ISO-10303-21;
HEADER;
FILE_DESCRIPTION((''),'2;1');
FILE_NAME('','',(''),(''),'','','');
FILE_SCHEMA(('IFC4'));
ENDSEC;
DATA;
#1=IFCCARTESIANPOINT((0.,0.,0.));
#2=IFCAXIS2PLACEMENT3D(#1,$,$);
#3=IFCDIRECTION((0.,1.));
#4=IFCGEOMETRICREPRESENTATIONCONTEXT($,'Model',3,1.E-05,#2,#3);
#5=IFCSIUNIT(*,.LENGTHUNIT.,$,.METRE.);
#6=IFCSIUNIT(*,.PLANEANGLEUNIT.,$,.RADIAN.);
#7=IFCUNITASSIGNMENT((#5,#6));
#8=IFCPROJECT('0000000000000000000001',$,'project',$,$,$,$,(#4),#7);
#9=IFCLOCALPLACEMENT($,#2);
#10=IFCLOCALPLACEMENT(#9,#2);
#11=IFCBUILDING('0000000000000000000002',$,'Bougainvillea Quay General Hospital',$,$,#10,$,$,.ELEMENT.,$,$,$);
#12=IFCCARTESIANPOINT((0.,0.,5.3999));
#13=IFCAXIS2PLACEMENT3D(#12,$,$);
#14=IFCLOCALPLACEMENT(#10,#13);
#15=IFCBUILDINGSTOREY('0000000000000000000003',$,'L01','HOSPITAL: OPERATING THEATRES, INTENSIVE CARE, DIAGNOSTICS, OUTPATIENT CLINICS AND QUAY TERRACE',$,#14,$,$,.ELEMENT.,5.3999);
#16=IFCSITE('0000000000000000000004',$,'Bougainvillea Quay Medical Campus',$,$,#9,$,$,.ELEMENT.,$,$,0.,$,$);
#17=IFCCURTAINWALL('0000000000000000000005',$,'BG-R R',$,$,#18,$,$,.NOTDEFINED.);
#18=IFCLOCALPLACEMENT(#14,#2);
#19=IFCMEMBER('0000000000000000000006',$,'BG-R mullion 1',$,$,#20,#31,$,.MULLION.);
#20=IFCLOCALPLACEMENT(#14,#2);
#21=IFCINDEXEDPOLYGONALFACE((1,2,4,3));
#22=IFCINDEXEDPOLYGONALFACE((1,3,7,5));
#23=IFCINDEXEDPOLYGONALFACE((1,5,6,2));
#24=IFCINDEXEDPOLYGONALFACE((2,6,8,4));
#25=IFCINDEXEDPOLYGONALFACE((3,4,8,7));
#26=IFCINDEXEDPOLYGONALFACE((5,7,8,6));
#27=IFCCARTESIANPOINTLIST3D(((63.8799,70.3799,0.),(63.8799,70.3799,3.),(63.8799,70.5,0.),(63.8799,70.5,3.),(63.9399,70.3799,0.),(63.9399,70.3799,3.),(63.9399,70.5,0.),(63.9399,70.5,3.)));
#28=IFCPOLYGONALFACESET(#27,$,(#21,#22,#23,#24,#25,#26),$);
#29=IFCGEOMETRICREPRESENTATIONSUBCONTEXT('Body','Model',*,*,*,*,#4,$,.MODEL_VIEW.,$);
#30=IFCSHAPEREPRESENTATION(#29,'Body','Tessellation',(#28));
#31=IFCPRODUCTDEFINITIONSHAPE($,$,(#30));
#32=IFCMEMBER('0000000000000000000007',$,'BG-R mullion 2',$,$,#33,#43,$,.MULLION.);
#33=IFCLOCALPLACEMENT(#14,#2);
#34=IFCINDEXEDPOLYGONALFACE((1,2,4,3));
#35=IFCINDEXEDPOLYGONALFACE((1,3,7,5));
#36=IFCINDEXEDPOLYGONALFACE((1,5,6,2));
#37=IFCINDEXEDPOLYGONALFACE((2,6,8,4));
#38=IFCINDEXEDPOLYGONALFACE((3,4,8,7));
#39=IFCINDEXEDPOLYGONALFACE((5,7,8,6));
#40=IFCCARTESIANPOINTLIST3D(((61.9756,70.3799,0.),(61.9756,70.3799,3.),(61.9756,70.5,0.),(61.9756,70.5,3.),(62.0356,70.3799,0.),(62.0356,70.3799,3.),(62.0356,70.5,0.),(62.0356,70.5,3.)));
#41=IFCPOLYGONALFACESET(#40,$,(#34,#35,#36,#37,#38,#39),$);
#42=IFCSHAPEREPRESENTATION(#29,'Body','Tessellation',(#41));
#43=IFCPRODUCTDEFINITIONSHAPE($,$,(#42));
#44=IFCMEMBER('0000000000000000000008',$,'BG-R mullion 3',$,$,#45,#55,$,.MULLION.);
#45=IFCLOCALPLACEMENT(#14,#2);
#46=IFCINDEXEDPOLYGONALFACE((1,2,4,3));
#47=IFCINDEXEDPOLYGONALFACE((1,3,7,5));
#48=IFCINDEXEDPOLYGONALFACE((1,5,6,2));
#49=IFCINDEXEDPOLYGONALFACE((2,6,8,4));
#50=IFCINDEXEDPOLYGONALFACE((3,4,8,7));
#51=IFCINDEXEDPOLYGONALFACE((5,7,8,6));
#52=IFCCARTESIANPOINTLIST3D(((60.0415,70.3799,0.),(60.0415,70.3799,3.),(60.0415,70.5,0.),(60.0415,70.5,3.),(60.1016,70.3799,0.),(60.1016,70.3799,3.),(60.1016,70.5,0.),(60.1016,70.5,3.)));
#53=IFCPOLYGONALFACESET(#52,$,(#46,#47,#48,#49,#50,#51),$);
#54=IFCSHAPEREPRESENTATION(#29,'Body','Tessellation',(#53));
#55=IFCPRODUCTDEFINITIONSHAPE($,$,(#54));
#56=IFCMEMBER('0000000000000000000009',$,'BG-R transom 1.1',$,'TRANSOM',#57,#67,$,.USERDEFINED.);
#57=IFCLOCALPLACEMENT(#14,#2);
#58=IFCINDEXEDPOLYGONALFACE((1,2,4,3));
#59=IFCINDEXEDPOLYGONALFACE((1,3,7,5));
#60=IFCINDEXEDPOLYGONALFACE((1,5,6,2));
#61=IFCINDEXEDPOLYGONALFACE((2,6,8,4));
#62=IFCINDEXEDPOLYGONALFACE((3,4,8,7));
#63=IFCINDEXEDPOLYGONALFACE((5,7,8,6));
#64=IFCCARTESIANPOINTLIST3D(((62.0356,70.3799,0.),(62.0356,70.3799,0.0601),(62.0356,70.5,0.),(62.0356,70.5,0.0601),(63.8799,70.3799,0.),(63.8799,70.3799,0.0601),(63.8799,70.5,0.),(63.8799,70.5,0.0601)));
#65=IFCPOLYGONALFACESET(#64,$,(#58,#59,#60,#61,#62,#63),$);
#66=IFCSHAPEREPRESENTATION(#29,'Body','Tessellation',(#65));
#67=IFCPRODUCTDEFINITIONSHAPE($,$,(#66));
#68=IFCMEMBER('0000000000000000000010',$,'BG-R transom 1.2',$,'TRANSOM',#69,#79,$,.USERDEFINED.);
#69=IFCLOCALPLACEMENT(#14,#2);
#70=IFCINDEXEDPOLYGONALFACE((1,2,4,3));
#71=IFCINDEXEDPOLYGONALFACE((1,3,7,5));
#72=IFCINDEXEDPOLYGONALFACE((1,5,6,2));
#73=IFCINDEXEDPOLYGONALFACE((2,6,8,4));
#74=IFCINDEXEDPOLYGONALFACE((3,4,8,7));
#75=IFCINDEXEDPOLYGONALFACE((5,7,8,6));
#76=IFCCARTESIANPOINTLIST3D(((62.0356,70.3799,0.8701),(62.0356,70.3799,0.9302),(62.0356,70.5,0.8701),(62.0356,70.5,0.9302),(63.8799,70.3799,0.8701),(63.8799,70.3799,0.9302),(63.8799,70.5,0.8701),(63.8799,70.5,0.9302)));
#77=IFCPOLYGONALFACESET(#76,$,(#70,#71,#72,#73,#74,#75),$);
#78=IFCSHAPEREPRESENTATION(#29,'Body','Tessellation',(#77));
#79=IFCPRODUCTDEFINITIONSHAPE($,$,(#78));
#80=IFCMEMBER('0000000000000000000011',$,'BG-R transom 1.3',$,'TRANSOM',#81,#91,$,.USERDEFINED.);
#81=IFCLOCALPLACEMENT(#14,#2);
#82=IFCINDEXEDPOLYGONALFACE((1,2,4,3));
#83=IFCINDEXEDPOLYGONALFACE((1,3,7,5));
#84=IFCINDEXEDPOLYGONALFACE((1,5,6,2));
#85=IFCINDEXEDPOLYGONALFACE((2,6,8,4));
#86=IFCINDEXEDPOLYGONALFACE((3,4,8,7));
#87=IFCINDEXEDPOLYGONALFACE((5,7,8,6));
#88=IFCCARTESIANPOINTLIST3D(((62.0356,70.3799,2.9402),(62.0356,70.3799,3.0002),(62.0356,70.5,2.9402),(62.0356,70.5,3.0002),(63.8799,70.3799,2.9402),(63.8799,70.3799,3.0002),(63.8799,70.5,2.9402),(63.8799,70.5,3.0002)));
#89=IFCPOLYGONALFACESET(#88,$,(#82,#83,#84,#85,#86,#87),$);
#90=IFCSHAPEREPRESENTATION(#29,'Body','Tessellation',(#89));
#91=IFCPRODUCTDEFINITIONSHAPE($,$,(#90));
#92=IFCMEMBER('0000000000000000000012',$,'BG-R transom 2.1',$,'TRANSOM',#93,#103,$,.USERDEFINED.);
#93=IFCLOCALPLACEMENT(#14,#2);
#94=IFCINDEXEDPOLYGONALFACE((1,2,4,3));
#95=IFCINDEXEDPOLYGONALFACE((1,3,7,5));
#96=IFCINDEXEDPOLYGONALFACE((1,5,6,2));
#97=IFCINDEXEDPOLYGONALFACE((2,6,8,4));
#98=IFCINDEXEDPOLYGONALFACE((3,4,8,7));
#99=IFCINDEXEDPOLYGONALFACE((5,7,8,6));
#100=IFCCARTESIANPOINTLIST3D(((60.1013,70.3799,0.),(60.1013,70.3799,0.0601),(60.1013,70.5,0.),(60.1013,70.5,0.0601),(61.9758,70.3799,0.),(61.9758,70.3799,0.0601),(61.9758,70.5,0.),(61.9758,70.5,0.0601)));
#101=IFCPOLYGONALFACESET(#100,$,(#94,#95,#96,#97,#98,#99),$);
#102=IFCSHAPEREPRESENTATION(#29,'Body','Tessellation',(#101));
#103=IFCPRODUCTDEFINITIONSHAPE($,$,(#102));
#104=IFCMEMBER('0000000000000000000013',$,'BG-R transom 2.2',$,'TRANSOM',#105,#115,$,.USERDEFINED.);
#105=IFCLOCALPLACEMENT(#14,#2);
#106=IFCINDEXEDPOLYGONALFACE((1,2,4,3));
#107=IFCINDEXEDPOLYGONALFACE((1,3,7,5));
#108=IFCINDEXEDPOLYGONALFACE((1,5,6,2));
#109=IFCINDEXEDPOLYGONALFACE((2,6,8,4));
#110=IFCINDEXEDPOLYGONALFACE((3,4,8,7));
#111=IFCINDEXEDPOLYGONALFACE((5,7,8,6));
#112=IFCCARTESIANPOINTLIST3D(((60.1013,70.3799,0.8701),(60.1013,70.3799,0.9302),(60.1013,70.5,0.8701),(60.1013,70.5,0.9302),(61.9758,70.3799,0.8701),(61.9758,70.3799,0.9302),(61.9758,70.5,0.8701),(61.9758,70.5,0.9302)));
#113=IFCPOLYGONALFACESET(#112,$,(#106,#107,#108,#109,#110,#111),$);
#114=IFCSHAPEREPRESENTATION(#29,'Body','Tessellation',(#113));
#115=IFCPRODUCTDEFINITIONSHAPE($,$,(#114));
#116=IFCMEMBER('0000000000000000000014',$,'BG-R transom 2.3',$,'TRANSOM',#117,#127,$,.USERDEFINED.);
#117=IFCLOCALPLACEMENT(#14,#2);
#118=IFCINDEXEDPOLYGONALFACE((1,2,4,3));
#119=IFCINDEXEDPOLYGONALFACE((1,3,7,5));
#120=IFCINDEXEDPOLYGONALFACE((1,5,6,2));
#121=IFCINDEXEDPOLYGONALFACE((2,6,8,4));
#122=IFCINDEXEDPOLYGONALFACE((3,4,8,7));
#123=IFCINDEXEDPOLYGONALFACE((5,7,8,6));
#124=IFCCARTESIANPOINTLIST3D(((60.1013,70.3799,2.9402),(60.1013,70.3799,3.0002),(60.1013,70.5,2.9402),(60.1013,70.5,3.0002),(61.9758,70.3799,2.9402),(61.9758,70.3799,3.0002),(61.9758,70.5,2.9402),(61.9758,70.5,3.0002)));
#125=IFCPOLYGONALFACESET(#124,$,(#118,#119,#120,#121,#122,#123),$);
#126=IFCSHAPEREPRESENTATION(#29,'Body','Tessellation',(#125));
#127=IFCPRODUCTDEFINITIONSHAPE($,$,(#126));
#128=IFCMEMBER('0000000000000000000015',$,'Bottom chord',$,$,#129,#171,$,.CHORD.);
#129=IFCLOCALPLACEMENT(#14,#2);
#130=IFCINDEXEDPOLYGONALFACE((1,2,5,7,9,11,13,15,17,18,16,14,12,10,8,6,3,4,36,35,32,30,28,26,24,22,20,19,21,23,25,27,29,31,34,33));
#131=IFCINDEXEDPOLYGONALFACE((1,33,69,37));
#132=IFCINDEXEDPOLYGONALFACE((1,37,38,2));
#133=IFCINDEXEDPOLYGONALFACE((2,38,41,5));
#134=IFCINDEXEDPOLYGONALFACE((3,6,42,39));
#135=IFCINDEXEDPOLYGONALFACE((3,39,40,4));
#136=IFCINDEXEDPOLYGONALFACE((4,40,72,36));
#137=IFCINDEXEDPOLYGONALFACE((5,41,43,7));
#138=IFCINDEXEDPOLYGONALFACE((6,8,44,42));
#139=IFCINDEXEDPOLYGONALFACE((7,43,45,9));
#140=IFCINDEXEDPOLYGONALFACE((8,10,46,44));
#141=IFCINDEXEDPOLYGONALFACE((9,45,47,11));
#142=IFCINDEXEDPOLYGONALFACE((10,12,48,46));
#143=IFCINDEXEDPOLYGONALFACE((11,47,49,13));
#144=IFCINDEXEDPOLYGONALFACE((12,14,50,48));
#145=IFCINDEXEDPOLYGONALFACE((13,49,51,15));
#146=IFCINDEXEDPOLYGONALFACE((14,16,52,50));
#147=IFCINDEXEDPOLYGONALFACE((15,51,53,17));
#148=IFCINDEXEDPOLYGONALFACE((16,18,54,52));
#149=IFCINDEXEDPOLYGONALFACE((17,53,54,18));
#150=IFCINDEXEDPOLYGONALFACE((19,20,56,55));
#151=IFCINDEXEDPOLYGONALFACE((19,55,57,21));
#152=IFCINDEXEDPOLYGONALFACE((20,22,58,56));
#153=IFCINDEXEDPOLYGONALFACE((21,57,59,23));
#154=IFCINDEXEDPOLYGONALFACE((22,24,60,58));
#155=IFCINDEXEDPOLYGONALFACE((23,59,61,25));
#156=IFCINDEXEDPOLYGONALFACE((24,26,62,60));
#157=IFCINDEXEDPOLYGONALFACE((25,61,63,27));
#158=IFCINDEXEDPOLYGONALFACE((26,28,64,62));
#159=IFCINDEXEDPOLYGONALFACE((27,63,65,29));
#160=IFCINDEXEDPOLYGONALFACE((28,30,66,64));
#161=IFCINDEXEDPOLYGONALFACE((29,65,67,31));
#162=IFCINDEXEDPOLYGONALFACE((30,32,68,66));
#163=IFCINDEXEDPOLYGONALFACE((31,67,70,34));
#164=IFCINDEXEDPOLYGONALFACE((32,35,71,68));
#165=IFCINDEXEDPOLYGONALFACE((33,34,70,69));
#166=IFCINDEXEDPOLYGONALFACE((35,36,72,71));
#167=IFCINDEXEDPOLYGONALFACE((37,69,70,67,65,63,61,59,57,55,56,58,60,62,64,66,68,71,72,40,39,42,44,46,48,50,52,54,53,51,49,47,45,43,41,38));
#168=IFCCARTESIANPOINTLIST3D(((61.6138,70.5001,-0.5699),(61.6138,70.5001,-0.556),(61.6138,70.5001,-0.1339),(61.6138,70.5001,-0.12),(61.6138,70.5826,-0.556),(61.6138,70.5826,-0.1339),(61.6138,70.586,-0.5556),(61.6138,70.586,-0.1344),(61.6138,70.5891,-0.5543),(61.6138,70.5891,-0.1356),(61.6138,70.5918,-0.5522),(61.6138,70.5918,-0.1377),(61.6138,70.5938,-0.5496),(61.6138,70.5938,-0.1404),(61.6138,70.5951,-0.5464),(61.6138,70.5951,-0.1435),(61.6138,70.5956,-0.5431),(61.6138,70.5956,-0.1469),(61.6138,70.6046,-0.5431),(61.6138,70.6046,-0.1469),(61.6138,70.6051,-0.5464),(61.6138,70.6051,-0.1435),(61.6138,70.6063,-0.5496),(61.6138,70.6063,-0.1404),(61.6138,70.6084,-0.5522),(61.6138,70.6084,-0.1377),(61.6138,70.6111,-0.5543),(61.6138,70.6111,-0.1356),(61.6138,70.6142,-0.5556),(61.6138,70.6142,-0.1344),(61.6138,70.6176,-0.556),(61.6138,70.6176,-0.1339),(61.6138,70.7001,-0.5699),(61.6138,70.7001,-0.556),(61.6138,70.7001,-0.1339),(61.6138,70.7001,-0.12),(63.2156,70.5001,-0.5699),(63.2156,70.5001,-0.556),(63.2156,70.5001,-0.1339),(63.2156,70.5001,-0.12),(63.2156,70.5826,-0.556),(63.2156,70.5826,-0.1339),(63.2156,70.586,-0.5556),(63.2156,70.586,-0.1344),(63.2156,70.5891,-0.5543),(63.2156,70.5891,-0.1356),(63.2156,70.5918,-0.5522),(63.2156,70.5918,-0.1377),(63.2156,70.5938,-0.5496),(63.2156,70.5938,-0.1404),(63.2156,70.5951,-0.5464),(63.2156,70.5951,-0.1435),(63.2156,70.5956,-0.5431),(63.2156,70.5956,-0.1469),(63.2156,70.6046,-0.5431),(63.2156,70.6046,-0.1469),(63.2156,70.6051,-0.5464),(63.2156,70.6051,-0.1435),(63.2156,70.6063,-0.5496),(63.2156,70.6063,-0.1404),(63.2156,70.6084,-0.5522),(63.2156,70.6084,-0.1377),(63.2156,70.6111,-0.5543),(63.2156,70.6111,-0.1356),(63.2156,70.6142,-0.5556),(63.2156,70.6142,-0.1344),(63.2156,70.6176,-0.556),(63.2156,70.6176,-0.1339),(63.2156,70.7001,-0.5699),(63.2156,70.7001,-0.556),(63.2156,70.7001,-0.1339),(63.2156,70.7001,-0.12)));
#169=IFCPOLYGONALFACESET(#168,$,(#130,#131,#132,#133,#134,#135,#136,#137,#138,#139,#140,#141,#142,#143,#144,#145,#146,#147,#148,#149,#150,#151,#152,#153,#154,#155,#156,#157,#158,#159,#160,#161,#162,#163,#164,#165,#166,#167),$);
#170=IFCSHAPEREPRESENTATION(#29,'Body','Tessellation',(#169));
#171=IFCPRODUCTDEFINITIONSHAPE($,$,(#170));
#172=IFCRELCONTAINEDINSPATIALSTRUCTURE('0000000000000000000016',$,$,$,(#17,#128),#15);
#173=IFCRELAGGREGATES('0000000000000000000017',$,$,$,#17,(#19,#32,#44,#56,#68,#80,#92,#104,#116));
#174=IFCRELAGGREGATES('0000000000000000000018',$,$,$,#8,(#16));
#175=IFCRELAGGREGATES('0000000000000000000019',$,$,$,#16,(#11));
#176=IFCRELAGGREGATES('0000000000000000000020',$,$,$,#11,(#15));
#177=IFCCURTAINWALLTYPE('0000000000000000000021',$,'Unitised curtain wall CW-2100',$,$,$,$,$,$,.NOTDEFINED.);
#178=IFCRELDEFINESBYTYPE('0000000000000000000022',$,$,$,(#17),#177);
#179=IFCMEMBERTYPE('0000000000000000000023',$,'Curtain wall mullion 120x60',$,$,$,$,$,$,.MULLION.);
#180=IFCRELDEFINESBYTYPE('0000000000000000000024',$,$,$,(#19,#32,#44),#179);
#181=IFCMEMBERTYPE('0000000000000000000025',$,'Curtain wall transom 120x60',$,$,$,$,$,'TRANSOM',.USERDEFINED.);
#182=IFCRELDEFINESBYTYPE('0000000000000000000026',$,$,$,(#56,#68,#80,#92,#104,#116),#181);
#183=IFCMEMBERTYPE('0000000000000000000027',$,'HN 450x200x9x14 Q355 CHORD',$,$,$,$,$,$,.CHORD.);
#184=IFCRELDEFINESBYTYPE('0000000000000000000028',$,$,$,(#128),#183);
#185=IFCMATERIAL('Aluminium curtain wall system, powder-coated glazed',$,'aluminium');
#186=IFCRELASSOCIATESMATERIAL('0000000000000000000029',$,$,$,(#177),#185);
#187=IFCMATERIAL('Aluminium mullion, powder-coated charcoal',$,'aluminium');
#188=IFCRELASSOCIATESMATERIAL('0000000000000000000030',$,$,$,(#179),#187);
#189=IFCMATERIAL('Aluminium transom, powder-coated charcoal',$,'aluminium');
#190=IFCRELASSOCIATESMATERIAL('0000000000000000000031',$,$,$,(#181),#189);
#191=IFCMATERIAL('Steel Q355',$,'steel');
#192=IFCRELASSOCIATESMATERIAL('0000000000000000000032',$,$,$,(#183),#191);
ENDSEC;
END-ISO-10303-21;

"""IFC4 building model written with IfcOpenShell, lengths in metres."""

from ifc_helpers import new_model, si_unit, direction, frame, origin, origin_2d, place, context, subcontext, project, spatial, rectangle, i_section, extrude, material, material_profile, profile_set, type_object, element, aggregate, save


model = new_model("IFC4")

# Units and contexts
model_context = context("Model", 3, precision=1e-05, world=origin(), true_north=direction((0.0, 1.0)))
body_context = subcontext(model_context, "Body", "Model", "MODEL_VIEW")
ifc_project = project(units=[si_unit("LENGTHUNIT", "METRE"), si_unit("PLANEANGLEUNIT", "RADIAN")], contexts=[model_context])

# Site, building, storey
site_placement = place(None, origin())
site = spatial("IfcSite", under=ifc_project, at=site_placement, Name="Bougainvillea Quay Medical Campus", CompositionType="ELEMENT", RefElevation=0.0)
building_placement = place(site_placement, origin())
building = spatial("IfcBuilding", under=site, at=building_placement, Name="Bougainvillea Quay General Hospital", CompositionType="ELEMENT")
storey_placement = place(building_placement, frame((0.0, 0.0, 5.3999)))
storey = spatial("IfcBuildingStorey", under=building, at=storey_placement, Name="L01", Description="HOSPITAL: OPERATING THEATRES, INTENSIVE CARE, DIAGNOSTICS, OUTPATIENT CLINICS AND QUAY TERRACE", CompositionType="ELEMENT", Elevation=5.3999)

# Curtain wall, members
ifc_material_1 = material(Name="Aluminium curtain wall system, powder-coated glazed", Category="aluminium")
curtain_wall_type = type_object("IfcCurtainWallType", Name="Unitised curtain wall CW-2100", PredefinedType="NOTDEFINED", material=ifc_material_1)
curtain_wall_placement = place(storey_placement, origin())
curtain_wall = element("IfcCurtainWall", 1, at=curtain_wall_placement, inside=storey, type_object=curtain_wall_type, Name="BG-R R", PredefinedType="NOTDEFINED")
ifc_material_2 = material(Name="Aluminium mullion, powder-coated charcoal", Category="aluminium")
ifc_material_profile_1 = material_profile(ifc_material_2, rectangle(XDim=0.1201, YDim=0.0601, at=origin_2d()))
ifc_profile_set_1 = profile_set([ifc_material_profile_1], Name="Aluminium mullion, powder-coated charcoal")
member_type_1 = type_object("IfcMemberType", Name="Curtain wall mullion 120x60", PredefinedType="MULLION", material=ifc_profile_set_1)
member_1_placement = place(storey_placement, frame((63.9099, 70.4399, 0.0), z_axis=(0.0, 0.0, 1.0), x_axis=(0.0, -1.0, 0.0)))
member_1 = element("IfcMember", 2, at=member_1_placement, type_object=member_type_1, Name="BG-R mullion 1", PredefinedType="MULLION", context=body_context, shape_type="SweptSolid", body=[
    extrude(rectangle(XDim=0.1201, YDim=0.0601, at=origin_2d()), origin(), (0.0, 0.0, 1.0), 3.0),
])
member_2_placement = place(storey_placement, frame((62.0056, 70.4399, 0.0), z_axis=(0.0, 0.0, 1.0), x_axis=(0.0, -1.0, 0.0)))
member_2 = element("IfcMember", 3, at=member_2_placement, type_object=member_type_1, Name="BG-R mullion 2", PredefinedType="MULLION", context=body_context, shape_type="SweptSolid", body=[
    extrude(rectangle(XDim=0.1201, YDim=0.0601, at=origin_2d()), origin(), (0.0, 0.0, 1.0), 3.0),
])
member_3_placement = place(storey_placement, frame((60.0715, 70.4399, 0.0), z_axis=(0.0, 0.0, 1.0), x_axis=(0.0, -1.0, 0.0)))
member_3 = element("IfcMember", 4, at=member_3_placement, type_object=member_type_1, Name="BG-R mullion 3", PredefinedType="MULLION", context=body_context, shape_type="SweptSolid", body=[
    extrude(rectangle(XDim=0.1201, YDim=0.0601, at=origin_2d()), origin(), (0.0, 0.0, 1.0), 3.0),
])
ifc_material_3 = material(Name="Aluminium transom, powder-coated charcoal", Category="aluminium")
ifc_material_profile_2 = material_profile(ifc_material_3, rectangle(XDim=0.1201, YDim=0.0601, at=origin_2d()))
ifc_profile_set_2 = profile_set([ifc_material_profile_2], Name="Aluminium transom, powder-coated charcoal")
member_type_2 = type_object("IfcMemberType", Name="Curtain wall transom 120x60", ElementType="TRANSOM", PredefinedType="USERDEFINED", material=ifc_profile_set_2)
member_4_placement = place(storey_placement, frame((63.8799, 70.4399, 0.03), z_axis=(-1.0, 0.0, 0.0), x_axis=(0.0, -1.0, 0.0)))
member_4 = element("IfcMember", 5, at=member_4_placement, type_object=member_type_2, Name="BG-R transom 1.1", ObjectType="TRANSOM", PredefinedType="USERDEFINED", context=body_context, shape_type="SweptSolid", body=[
    extrude(rectangle(XDim=0.1201, YDim=0.0601, at=origin_2d()), origin(), (0.0, 0.0, 1.0), 1.8442),
])
member_5_placement = place(storey_placement, frame((63.8799, 70.4399, 0.9001), z_axis=(-1.0, 0.0, 0.0), x_axis=(0.0, -1.0, 0.0)))
member_5 = element("IfcMember", 6, at=member_5_placement, type_object=member_type_2, Name="BG-R transom 1.2", ObjectType="TRANSOM", PredefinedType="USERDEFINED", context=body_context, shape_type="SweptSolid", body=[
    extrude(rectangle(XDim=0.1201, YDim=0.0601, at=origin_2d()), origin(), (0.0, 0.0, 1.0), 1.8442),
])
member_6_placement = place(storey_placement, frame((63.8799, 70.4399, 2.9702), z_axis=(-1.0, 0.0, 0.0), x_axis=(0.0, -1.0, 0.0)))
member_6 = element("IfcMember", 7, at=member_6_placement, type_object=member_type_2, Name="BG-R transom 1.3", ObjectType="TRANSOM", PredefinedType="USERDEFINED", context=body_context, shape_type="SweptSolid", body=[
    extrude(rectangle(XDim=0.1201, YDim=0.0601, at=origin_2d()), origin(), (0.0, 0.0, 1.0), 1.8442),
])
member_7_placement = place(storey_placement, frame((61.9758, 70.4399, 0.03), z_axis=(-1.0, 0.0, 0.0), x_axis=(0.0, -1.0, 0.0)))
member_7 = element("IfcMember", 8, at=member_7_placement, type_object=member_type_2, Name="BG-R transom 2.1", ObjectType="TRANSOM", PredefinedType="USERDEFINED", context=body_context, shape_type="SweptSolid", body=[
    extrude(rectangle(XDim=0.1201, YDim=0.0601, at=origin_2d()), origin(), (0.0, 0.0, 1.0), 1.8745),
])
member_8_placement = place(storey_placement, frame((61.9758, 70.4399, 0.9001), z_axis=(-1.0, 0.0, 0.0), x_axis=(0.0, -1.0, 0.0)))
member_8 = element("IfcMember", 9, at=member_8_placement, type_object=member_type_2, Name="BG-R transom 2.2", ObjectType="TRANSOM", PredefinedType="USERDEFINED", context=body_context, shape_type="SweptSolid", body=[
    extrude(rectangle(XDim=0.1201, YDim=0.0601, at=origin_2d()), origin(), (0.0, 0.0, 1.0), 1.8745),
])
member_9_placement = place(storey_placement, frame((61.9758, 70.4399, 2.9702), z_axis=(-1.0, 0.0, 0.0), x_axis=(0.0, -1.0, 0.0)))
member_9 = element("IfcMember", 10, at=member_9_placement, type_object=member_type_2, Name="BG-R transom 2.3", ObjectType="TRANSOM", PredefinedType="USERDEFINED", context=body_context, shape_type="SweptSolid", body=[
    extrude(rectangle(XDim=0.1201, YDim=0.0601, at=origin_2d()), origin(), (0.0, 0.0, 1.0), 1.8745),
])

# Member
ifc_material_4 = material(Name="Steel Q355", Category="steel")
ifc_material_profile_3 = material_profile(ifc_material_4, i_section(OverallWidth=0.2, OverallDepth=0.45, WebThickness=0.009, FlangeThickness=0.0139, FilletRadius=0.0129, at=origin_2d()))
ifc_profile_set_3 = profile_set([ifc_material_profile_3], Name="Steel Q355")
member_type_3 = type_object("IfcMemberType", Name="HN 450x200x9x14 Q355 CHORD", PredefinedType="CHORD", material=ifc_profile_set_3)
for number, where, z_axis, x_axis, name in (
    (11, (61.6138, 70.6001, -0.345), (1.0, 0.0, 0.0), (0.0, 1.0, 0.0), "Bottom chord"),
):
    element("IfcMember", number, at=place(storey_placement, frame(where, z_axis=z_axis, x_axis=x_axis)), inside=storey, type_object=member_type_3, Name=name, PredefinedType="CHORD", context=body_context, shape_type="SweptSolid", body=[
        extrude(i_section(OverallWidth=0.2, OverallDepth=0.45, WebThickness=0.009, FlangeThickness=0.0139, FilletRadius=0.0129, at=origin_2d()), origin(), (0.0, 0.0, 1.0), 1.6018),
    ])

aggregate(curtain_wall, [member_1, member_2, member_3, member_4, member_5, member_6, member_7, member_8, member_9])

save(model, "model.ifc")
